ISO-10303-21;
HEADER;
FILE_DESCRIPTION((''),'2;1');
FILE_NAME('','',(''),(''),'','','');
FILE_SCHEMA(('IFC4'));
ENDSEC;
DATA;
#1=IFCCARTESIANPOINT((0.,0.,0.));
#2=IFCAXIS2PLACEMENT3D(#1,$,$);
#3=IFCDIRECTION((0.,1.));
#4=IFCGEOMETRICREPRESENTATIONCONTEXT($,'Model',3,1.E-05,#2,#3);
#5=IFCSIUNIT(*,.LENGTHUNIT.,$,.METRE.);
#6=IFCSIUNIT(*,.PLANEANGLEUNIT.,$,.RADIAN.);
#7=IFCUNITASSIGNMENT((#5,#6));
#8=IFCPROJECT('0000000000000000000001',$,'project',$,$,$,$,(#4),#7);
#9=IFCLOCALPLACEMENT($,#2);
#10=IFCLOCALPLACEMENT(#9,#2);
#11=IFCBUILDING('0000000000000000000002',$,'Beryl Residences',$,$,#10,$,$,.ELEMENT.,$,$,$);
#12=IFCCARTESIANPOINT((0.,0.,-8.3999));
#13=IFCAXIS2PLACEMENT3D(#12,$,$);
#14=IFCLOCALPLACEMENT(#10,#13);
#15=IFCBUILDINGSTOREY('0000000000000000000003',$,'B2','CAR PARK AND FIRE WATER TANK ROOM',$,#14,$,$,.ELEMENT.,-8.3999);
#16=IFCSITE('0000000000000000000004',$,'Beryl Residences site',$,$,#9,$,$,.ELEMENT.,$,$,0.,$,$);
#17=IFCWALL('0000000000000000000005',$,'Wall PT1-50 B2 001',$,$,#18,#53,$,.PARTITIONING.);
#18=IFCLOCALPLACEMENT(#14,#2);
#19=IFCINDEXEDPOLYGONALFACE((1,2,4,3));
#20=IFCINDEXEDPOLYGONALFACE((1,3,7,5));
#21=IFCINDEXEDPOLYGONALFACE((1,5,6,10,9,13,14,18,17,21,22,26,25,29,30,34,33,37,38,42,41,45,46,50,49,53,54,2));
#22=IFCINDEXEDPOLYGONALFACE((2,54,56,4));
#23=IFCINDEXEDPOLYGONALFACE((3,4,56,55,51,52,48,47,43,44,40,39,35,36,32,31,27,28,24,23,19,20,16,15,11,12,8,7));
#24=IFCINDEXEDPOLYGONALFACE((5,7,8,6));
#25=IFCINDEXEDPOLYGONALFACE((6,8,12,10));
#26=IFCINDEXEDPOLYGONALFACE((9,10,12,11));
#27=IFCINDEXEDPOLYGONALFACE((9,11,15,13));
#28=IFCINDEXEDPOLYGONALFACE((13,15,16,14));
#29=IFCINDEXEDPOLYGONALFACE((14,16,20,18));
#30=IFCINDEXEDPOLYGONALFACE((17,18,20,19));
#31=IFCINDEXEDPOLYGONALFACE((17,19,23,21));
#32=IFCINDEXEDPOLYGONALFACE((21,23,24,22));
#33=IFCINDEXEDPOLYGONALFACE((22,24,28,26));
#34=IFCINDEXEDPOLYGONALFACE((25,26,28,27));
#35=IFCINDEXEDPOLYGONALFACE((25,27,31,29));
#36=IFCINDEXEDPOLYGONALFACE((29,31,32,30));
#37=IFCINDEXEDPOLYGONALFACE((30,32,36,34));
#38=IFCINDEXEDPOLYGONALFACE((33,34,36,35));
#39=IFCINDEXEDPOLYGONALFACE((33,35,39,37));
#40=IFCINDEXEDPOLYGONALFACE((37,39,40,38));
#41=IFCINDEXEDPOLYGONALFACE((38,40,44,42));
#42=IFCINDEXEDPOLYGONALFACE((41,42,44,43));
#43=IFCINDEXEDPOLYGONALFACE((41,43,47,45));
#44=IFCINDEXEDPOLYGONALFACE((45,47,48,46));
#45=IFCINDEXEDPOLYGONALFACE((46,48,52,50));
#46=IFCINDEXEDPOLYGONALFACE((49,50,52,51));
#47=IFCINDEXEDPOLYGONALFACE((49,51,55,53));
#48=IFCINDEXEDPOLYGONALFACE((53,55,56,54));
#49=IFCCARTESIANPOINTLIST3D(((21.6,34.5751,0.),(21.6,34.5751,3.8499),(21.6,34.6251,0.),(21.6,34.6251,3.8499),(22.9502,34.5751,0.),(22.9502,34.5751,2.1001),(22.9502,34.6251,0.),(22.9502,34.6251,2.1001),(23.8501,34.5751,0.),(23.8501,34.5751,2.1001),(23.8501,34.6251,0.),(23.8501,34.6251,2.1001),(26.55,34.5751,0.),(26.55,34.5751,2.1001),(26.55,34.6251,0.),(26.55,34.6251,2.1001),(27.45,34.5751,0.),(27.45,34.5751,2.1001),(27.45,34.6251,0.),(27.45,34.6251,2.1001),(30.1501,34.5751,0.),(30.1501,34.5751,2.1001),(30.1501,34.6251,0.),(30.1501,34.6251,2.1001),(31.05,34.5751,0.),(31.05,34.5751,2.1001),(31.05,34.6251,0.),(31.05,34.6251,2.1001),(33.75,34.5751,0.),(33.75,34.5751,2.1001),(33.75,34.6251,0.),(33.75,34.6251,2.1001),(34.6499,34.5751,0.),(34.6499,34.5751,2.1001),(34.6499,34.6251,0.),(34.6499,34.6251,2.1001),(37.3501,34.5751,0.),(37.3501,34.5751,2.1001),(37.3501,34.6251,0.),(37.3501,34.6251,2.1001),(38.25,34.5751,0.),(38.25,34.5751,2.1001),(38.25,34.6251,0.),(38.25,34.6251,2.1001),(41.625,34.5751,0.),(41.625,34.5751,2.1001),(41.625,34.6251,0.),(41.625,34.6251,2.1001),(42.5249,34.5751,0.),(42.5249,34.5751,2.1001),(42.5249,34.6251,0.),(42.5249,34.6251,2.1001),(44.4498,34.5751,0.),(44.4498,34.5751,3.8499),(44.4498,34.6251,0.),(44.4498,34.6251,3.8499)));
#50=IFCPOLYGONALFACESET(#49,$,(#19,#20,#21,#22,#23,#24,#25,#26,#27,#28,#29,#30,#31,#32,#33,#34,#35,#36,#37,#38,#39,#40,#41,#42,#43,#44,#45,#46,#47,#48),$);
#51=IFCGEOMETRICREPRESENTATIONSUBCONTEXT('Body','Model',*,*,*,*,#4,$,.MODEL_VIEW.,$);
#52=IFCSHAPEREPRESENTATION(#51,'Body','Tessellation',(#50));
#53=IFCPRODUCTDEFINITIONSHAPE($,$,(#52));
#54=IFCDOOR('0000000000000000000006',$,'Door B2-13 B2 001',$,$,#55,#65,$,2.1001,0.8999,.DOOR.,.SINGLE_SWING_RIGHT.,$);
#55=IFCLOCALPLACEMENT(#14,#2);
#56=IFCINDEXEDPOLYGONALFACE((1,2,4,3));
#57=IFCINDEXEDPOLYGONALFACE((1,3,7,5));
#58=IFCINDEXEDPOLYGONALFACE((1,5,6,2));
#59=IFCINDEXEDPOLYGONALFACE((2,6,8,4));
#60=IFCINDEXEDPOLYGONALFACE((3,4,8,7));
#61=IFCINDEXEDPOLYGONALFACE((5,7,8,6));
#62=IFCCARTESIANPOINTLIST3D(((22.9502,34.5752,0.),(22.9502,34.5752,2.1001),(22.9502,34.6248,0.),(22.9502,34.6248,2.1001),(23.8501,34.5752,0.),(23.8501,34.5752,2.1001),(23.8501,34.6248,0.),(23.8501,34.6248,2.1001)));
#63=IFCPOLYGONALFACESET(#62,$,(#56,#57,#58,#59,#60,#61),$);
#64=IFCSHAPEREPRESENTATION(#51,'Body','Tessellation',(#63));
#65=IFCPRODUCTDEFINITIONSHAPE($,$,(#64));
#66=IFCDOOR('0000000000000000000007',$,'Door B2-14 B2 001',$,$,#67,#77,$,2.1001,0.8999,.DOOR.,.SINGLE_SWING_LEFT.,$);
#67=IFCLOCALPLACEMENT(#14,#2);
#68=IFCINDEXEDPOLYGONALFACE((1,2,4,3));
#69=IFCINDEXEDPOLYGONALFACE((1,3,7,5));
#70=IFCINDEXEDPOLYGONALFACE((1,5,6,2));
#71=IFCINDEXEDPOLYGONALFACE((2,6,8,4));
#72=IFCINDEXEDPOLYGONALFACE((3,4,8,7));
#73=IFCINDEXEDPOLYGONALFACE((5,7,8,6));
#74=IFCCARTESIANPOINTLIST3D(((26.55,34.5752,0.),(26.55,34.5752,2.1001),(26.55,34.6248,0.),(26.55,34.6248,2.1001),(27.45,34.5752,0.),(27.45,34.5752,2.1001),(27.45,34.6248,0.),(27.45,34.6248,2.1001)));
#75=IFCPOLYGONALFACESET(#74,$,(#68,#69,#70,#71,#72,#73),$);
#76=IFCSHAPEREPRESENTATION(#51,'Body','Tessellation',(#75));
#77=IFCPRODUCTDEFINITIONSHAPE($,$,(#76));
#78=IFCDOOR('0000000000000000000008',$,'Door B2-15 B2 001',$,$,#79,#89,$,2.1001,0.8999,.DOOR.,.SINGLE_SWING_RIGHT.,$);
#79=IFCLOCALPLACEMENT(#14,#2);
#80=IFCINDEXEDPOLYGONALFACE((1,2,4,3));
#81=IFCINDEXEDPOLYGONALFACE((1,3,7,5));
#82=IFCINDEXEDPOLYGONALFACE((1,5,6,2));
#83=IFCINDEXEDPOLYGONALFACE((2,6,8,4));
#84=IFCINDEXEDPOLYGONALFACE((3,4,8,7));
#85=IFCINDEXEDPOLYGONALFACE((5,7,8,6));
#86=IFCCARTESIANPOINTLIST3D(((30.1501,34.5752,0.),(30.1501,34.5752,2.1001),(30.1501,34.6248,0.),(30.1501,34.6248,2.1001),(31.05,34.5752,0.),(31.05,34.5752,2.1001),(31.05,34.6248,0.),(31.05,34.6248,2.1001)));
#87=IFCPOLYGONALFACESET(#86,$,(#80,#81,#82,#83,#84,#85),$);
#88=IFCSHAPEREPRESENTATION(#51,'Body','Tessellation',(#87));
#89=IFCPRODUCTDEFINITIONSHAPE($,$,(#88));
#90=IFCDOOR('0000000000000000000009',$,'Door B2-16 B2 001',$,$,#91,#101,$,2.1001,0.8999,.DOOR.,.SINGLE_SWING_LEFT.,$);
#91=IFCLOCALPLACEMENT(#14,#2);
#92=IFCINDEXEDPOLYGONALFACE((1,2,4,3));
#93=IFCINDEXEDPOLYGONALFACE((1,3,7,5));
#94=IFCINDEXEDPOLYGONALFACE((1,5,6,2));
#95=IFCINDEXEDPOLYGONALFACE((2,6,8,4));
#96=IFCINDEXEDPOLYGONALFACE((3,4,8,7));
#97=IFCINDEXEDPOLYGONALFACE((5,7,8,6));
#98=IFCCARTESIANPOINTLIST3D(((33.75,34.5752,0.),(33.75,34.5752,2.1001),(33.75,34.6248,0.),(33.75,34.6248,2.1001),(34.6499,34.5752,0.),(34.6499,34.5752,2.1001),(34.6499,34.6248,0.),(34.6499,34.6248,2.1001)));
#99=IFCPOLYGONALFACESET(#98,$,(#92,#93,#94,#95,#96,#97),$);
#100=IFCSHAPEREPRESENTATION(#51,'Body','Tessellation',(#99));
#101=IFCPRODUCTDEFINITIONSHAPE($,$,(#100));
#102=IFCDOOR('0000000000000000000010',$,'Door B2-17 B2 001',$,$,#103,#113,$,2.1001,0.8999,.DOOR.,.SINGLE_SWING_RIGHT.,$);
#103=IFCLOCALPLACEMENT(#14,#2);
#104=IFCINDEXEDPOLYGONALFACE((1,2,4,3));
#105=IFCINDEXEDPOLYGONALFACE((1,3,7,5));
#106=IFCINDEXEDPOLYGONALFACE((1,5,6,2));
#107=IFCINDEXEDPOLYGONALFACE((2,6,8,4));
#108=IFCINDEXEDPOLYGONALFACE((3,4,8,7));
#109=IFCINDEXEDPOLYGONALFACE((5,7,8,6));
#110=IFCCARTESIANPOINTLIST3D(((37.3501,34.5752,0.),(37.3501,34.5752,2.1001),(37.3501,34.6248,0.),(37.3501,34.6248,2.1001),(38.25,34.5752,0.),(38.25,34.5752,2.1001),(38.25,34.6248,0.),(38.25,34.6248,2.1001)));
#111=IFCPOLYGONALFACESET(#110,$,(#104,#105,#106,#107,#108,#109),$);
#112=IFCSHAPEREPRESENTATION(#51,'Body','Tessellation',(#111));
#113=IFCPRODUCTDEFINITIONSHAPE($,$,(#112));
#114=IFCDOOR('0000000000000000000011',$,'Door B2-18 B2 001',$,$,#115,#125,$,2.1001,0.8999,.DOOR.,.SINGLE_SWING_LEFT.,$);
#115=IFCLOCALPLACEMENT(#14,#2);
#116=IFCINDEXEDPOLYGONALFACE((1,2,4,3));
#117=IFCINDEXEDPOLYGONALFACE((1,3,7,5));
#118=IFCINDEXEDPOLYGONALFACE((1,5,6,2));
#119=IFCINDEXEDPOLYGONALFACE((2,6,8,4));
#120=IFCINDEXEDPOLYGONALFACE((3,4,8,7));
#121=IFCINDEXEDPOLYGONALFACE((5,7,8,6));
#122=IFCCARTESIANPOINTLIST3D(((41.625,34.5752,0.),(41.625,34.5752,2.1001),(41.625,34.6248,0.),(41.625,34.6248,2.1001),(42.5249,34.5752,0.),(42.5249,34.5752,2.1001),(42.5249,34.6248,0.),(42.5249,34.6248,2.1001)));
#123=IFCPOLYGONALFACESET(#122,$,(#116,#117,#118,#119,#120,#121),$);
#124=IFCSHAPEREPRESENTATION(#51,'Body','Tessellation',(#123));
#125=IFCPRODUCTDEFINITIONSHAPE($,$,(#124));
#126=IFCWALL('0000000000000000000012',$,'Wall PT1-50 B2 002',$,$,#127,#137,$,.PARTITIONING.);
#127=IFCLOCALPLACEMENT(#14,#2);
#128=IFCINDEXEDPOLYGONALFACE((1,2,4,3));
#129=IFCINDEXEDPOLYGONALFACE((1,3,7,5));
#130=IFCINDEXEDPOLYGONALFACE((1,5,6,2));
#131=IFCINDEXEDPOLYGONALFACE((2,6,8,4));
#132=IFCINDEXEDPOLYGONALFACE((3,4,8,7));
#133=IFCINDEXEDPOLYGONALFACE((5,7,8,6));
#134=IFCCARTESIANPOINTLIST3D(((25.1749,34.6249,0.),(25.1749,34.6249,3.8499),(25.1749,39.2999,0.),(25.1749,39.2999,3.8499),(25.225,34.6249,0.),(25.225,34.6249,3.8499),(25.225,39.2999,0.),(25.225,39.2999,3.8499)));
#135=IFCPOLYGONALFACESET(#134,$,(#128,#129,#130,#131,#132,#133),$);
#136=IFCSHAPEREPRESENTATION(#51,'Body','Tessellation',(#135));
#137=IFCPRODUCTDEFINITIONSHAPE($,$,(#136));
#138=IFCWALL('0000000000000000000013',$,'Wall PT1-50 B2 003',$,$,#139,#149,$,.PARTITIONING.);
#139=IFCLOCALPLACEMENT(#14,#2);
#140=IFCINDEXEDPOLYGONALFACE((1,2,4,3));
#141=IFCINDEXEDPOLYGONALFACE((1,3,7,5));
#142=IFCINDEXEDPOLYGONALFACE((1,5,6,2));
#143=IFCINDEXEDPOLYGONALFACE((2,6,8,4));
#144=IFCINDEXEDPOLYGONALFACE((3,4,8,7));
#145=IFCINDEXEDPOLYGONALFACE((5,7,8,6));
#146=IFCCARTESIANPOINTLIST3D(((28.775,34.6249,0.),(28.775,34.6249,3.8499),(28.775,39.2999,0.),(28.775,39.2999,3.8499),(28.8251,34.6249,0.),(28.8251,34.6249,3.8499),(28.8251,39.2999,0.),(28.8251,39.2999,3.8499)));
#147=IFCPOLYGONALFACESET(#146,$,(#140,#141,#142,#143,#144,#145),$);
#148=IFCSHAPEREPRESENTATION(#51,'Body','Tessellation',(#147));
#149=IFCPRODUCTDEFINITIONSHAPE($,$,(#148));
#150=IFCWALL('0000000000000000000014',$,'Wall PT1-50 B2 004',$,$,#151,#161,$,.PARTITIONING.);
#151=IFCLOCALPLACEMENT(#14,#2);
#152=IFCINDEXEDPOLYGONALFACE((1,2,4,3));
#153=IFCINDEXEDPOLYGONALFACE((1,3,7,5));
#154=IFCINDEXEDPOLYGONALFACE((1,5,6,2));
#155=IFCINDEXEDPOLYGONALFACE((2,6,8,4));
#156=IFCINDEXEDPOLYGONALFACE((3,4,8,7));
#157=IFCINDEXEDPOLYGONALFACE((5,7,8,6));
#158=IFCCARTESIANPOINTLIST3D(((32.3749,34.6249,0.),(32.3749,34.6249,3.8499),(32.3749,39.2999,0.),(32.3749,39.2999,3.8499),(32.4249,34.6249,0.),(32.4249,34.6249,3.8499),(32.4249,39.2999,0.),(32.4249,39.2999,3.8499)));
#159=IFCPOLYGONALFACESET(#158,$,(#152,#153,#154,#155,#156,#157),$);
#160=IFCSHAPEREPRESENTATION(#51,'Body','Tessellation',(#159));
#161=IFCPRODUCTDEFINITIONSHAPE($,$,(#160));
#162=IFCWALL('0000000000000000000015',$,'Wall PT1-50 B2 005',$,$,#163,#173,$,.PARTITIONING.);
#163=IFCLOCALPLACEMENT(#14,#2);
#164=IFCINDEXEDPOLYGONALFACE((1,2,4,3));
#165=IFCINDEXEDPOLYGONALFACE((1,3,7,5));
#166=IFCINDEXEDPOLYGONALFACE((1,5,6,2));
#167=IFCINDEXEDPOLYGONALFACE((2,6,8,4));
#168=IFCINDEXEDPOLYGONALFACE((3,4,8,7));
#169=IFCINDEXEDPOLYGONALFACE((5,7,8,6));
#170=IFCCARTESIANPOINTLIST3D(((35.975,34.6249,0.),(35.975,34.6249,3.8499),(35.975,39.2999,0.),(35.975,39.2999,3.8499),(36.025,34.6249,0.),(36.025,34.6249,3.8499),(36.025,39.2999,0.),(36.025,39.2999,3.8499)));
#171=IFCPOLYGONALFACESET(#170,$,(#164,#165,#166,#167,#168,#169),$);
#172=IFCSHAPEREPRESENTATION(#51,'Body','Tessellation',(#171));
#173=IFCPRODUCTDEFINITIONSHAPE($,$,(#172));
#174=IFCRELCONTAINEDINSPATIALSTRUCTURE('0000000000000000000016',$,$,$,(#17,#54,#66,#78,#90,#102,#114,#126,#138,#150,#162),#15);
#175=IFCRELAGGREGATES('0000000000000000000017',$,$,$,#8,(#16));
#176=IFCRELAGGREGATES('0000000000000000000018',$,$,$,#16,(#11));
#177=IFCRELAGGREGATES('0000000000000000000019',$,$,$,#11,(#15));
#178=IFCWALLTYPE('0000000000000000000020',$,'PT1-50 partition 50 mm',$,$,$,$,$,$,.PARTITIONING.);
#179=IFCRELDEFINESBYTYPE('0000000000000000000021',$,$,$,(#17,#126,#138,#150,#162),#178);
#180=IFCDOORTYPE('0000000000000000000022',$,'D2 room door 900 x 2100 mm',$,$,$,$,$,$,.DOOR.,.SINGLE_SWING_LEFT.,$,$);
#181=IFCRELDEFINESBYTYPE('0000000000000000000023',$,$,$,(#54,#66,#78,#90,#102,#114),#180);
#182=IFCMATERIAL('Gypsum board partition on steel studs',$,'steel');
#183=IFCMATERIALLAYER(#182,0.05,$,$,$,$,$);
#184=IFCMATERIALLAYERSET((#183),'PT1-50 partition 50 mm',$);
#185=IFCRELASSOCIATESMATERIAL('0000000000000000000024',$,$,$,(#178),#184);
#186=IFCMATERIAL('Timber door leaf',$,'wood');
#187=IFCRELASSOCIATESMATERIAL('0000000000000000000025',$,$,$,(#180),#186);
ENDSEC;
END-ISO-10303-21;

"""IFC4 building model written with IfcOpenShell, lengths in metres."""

from ifc_helpers import new_model, si_unit, direction, frame, frame_2d, origin, place, context, subcontext, project, spatial, rectangle, extrude, material, layer, layer_set, type_object, element, fill, save


model = new_model("IFC4")

# Units and contexts
model_context = context("Model", 3, precision=1e-05, world=origin(), true_north=direction((0.0, 1.0)))
body_context = subcontext(model_context, "Body", "Model", "MODEL_VIEW")
ifc_project = project(units=[si_unit("LENGTHUNIT", "METRE"), si_unit("PLANEANGLEUNIT", "RADIAN")], contexts=[model_context])

# Site, building, storey
site_placement = place(None, origin())
site = spatial("IfcSite", under=ifc_project, at=site_placement, Name="Beryl Residences site", CompositionType="ELEMENT", RefElevation=0.0)
building_placement = place(site_placement, origin())
building = spatial("IfcBuilding", under=site, at=building_placement, Name="Beryl Residences", CompositionType="ELEMENT")
storey_placement = place(building_placement, frame((0.0, 0.0, -8.3999)))
storey = spatial("IfcBuildingStorey", under=building, at=storey_placement, Name="B2", Description="CAR PARK AND FIRE WATER TANK ROOM", CompositionType="ELEMENT", Elevation=-8.3999)

# Wall, openings, doors
ifc_material_1 = material(Name="Gypsum board partition on steel studs", Category="steel")
ifc_layer_1 = layer(ifc_material_1, 0.05)
ifc_layer_set_1 = layer_set([ifc_layer_1], Name="PT1-50 partition 50 mm")
wall_type_1 = type_object("IfcWallType", Name="PT1-50 partition 50 mm", PredefinedType="PARTITIONING", material=ifc_layer_set_1)
wall_1_placement = place(storey_placement, frame((21.6001, 34.6001, 0.0), z_axis=(0.0, 0.0, 1.0), x_axis=(1.0, 0.0, 0.0)))
wall_1 = element("IfcWall", 1, at=wall_1_placement, inside=storey, type_object=wall_type_1, Name="Wall PT1-50 B2 001", PredefinedType="PARTITIONING", context=body_context, shape_type="SweptSolid", body=[
    extrude(rectangle(XDim=22.8499, YDim=0.05, at=frame_2d((11.4248, 0.0))), origin(), (0.0, 0.0, 1.0), 3.8499),
])
opening_1_placement = place(wall_1_placement, frame((2.25, 0.0, 0.0), z_axis=(0.0, 0.0, 1.0), x_axis=(-1.0, 0.0, 0.0)))
opening_1 = element("IfcOpeningElement", 2, at=opening_1_placement, cuts=wall_1, PredefinedType="OPENING", context=body_context, shape_type="SweptSolid", body=[
    extrude(rectangle(XDim=0.8999, YDim=2.1001, at=frame_2d((0.45, 1.05))), frame((0.0, 0.0349, 0.0), z_axis=(0.0, -1.0, 0.0), x_axis=(1.0, 0.0, 0.0)), (0.0, 0.0, 1.0), 0.0701),
])
opening_2_placement = place(wall_1_placement, frame((5.8499, 0.0, 0.0), z_axis=(0.0, 0.0, 1.0), x_axis=(-1.0, 0.0, 0.0)))
opening_2 = element("IfcOpeningElement", 3, at=opening_2_placement, cuts=wall_1, PredefinedType="OPENING", context=body_context, shape_type="SweptSolid", body=[
    extrude(rectangle(XDim=0.8999, YDim=2.1001, at=frame_2d((0.45, 1.05))), frame((0.0, 0.0349, 0.0), z_axis=(0.0, -1.0, 0.0), x_axis=(1.0, 0.0, 0.0)), (0.0, 0.0, 1.0), 0.0701),
])
opening_3_placement = place(wall_1_placement, frame((9.45, 0.0, 0.0), z_axis=(0.0, 0.0, 1.0), x_axis=(-1.0, 0.0, 0.0)))
opening_3 = element("IfcOpeningElement", 4, at=opening_3_placement, cuts=wall_1, PredefinedType="OPENING", context=body_context, shape_type="SweptSolid", body=[
    extrude(rectangle(XDim=0.8999, YDim=2.1001, at=frame_2d((0.45, 1.05))), frame((0.0, 0.0349, 0.0), z_axis=(0.0, -1.0, 0.0), x_axis=(1.0, 0.0, 0.0)), (0.0, 0.0, 1.0), 0.0701),
])
opening_4_placement = place(wall_1_placement, frame((13.0498, 0.0, 0.0), z_axis=(0.0, 0.0, 1.0), x_axis=(-1.0, 0.0, 0.0)))
opening_4 = element("IfcOpeningElement", 5, at=opening_4_placement, cuts=wall_1, PredefinedType="OPENING", context=body_context, shape_type="SweptSolid", body=[
    extrude(rectangle(XDim=0.8999, YDim=2.1001, at=frame_2d((0.45, 1.05))), frame((0.0, 0.0349, 0.0), z_axis=(0.0, -1.0, 0.0), x_axis=(1.0, 0.0, 0.0)), (0.0, 0.0, 1.0), 0.0701),
])
opening_5_placement = place(wall_1_placement, frame((16.6499, 0.0, 0.0), z_axis=(0.0, 0.0, 1.0), x_axis=(-1.0, 0.0, 0.0)))
opening_5 = element("IfcOpeningElement", 6, at=opening_5_placement, cuts=wall_1, PredefinedType="OPENING", context=body_context, shape_type="SweptSolid", body=[
    extrude(rectangle(XDim=0.8999, YDim=2.1001, at=frame_2d((0.45, 1.05))), frame((0.0, 0.0349, 0.0), z_axis=(0.0, -1.0, 0.0), x_axis=(1.0, 0.0, 0.0)), (0.0, 0.0, 1.0), 0.0701),
])
opening_6_placement = place(wall_1_placement, frame((20.9248, 0.0, 0.0), z_axis=(0.0, 0.0, 1.0), x_axis=(-1.0, 0.0, 0.0)))
opening_6 = element("IfcOpeningElement", 7, at=opening_6_placement, cuts=wall_1, PredefinedType="OPENING", context=body_context, shape_type="SweptSolid", body=[
    extrude(rectangle(XDim=0.8999, YDim=2.1001, at=frame_2d((0.45, 1.05))), frame((0.0, 0.0349, 0.0), z_axis=(0.0, -1.0, 0.0), x_axis=(1.0, 0.0, 0.0)), (0.0, 0.0, 1.0), 0.0701),
])
ifc_material_2 = material(Name="Timber door leaf", Category="wood")
door_type = type_object("IfcDoorType", Name="D2 room door 900 x 2100 mm", OperationType="SINGLE_SWING_LEFT", PredefinedType="DOOR", material=ifc_material_2)
door_1_placement = place(opening_1_placement, origin())
door_1 = element("IfcDoor", 8, at=door_1_placement, inside=storey, type_object=door_type, Name="Door B2-13 B2 001", OperationType="SINGLE_SWING_RIGHT", OverallHeight=2.1001, OverallWidth=0.8999, PredefinedType="DOOR", context=body_context, shape_type="SweptSolid", body=[
    extrude(rectangle(XDim=0.8999, YDim=2.1001, at=frame_2d((0.45, 1.05))), frame((0.0, 0.0249, 0.0), z_axis=(0.0, -1.0, 0.0), x_axis=(1.0, 0.0, 0.0)), (0.0, 0.0, 1.0), 0.0496),
])
fill(opening_1, door_1)
door_2_placement = place(opening_2_placement, origin())
door_2 = element("IfcDoor", 9, at=door_2_placement, inside=storey, type_object=door_type, Name="Door B2-14 B2 001", OperationType="SINGLE_SWING_LEFT", OverallHeight=2.1001, OverallWidth=0.8999, PredefinedType="DOOR", context=body_context, shape_type="SweptSolid", body=[
    extrude(rectangle(XDim=0.8999, YDim=2.1001, at=frame_2d((0.45, 1.05))), frame((0.0, 0.0249, 0.0), z_axis=(0.0, -1.0, 0.0), x_axis=(1.0, 0.0, 0.0)), (0.0, 0.0, 1.0), 0.0496),
])
fill(opening_2, door_2)
door_3_placement = place(opening_3_placement, origin())
door_3 = element("IfcDoor", 10, at=door_3_placement, inside=storey, type_object=door_type, Name="Door B2-15 B2 001", OperationType="SINGLE_SWING_RIGHT", OverallHeight=2.1001, OverallWidth=0.8999, PredefinedType="DOOR", context=body_context, shape_type="SweptSolid", body=[
    extrude(rectangle(XDim=0.8999, YDim=2.1001, at=frame_2d((0.45, 1.05))), frame((0.0, 0.0249, 0.0), z_axis=(0.0, -1.0, 0.0), x_axis=(1.0, 0.0, 0.0)), (0.0, 0.0, 1.0), 0.0496),
])
fill(opening_3, door_3)
door_4_placement = place(opening_4_placement, origin())
door_4 = element("IfcDoor", 11, at=door_4_placement, inside=storey, type_object=door_type, Name="Door B2-16 B2 001", OperationType="SINGLE_SWING_LEFT", OverallHeight=2.1001, OverallWidth=0.8999, PredefinedType="DOOR", context=body_context, shape_type="SweptSolid", body=[
    extrude(rectangle(XDim=0.8999, YDim=2.1001, at=frame_2d((0.45, 1.05))), frame((0.0, 0.0249, 0.0), z_axis=(0.0, -1.0, 0.0), x_axis=(1.0, 0.0, 0.0)), (0.0, 0.0, 1.0), 0.0496),
])
fill(opening_4, door_4)
door_5_placement = place(opening_5_placement, origin())
door_5 = element("IfcDoor", 12, at=door_5_placement, inside=storey, type_object=door_type, Name="Door B2-17 B2 001", OperationType="SINGLE_SWING_RIGHT", OverallHeight=2.1001, OverallWidth=0.8999, PredefinedType="DOOR", context=body_context, shape_type="SweptSolid", body=[
    extrude(rectangle(XDim=0.8999, YDim=2.1001, at=frame_2d((0.45, 1.05))), frame((0.0, 0.0249, 0.0), z_axis=(0.0, -1.0, 0.0), x_axis=(1.0, 0.0, 0.0)), (0.0, 0.0, 1.0), 0.0496),
])
fill(opening_5, door_5)
door_6_placement = place(opening_6_placement, origin())
door_6 = element("IfcDoor", 13, at=door_6_placement, inside=storey, type_object=door_type, Name="Door B2-18 B2 001", OperationType="SINGLE_SWING_LEFT", OverallHeight=2.1001, OverallWidth=0.8999, PredefinedType="DOOR", context=body_context, shape_type="SweptSolid", body=[
    extrude(rectangle(XDim=0.8999, YDim=2.1001, at=frame_2d((0.45, 1.05))), frame((0.0, 0.0249, 0.0), z_axis=(0.0, -1.0, 0.0), x_axis=(1.0, 0.0, 0.0)), (0.0, 0.0, 1.0), 0.0496),
])
fill(opening_6, door_6)

# Walls
for number, where, z_axis, x_axis, name in (
    (14, (25.2, 34.625, 0.0), (0.0, 0.0, 1.0), (0.0, 1.0, 0.0), "Wall PT1-50 B2 002"),
    (15, (28.8, 34.625, 0.0), (0.0, 0.0, 1.0), (0.0, 1.0, 0.0), "Wall PT1-50 B2 003"),
    (16, (32.3999, 34.625, 0.0), (0.0, 0.0, 1.0), (0.0, 1.0, 0.0), "Wall PT1-50 B2 004"),
    (17, (36.0, 34.625, 0.0), (0.0, 0.0, 1.0), (0.0, 1.0, 0.0), "Wall PT1-50 B2 005"),
):
    element("IfcWall", number, at=place(storey_placement, frame(where, z_axis=z_axis, x_axis=x_axis)), inside=storey, type_object=wall_type_1, Name=name, PredefinedType="PARTITIONING", context=body_context, shape_type="SweptSolid", body=[
        extrude(rectangle(XDim=4.675, YDim=0.05, at=frame_2d((2.3374, 0.0))), origin(), (0.0, 0.0, 1.0), 3.8499),
    ])

save(model, "model.ifc")
